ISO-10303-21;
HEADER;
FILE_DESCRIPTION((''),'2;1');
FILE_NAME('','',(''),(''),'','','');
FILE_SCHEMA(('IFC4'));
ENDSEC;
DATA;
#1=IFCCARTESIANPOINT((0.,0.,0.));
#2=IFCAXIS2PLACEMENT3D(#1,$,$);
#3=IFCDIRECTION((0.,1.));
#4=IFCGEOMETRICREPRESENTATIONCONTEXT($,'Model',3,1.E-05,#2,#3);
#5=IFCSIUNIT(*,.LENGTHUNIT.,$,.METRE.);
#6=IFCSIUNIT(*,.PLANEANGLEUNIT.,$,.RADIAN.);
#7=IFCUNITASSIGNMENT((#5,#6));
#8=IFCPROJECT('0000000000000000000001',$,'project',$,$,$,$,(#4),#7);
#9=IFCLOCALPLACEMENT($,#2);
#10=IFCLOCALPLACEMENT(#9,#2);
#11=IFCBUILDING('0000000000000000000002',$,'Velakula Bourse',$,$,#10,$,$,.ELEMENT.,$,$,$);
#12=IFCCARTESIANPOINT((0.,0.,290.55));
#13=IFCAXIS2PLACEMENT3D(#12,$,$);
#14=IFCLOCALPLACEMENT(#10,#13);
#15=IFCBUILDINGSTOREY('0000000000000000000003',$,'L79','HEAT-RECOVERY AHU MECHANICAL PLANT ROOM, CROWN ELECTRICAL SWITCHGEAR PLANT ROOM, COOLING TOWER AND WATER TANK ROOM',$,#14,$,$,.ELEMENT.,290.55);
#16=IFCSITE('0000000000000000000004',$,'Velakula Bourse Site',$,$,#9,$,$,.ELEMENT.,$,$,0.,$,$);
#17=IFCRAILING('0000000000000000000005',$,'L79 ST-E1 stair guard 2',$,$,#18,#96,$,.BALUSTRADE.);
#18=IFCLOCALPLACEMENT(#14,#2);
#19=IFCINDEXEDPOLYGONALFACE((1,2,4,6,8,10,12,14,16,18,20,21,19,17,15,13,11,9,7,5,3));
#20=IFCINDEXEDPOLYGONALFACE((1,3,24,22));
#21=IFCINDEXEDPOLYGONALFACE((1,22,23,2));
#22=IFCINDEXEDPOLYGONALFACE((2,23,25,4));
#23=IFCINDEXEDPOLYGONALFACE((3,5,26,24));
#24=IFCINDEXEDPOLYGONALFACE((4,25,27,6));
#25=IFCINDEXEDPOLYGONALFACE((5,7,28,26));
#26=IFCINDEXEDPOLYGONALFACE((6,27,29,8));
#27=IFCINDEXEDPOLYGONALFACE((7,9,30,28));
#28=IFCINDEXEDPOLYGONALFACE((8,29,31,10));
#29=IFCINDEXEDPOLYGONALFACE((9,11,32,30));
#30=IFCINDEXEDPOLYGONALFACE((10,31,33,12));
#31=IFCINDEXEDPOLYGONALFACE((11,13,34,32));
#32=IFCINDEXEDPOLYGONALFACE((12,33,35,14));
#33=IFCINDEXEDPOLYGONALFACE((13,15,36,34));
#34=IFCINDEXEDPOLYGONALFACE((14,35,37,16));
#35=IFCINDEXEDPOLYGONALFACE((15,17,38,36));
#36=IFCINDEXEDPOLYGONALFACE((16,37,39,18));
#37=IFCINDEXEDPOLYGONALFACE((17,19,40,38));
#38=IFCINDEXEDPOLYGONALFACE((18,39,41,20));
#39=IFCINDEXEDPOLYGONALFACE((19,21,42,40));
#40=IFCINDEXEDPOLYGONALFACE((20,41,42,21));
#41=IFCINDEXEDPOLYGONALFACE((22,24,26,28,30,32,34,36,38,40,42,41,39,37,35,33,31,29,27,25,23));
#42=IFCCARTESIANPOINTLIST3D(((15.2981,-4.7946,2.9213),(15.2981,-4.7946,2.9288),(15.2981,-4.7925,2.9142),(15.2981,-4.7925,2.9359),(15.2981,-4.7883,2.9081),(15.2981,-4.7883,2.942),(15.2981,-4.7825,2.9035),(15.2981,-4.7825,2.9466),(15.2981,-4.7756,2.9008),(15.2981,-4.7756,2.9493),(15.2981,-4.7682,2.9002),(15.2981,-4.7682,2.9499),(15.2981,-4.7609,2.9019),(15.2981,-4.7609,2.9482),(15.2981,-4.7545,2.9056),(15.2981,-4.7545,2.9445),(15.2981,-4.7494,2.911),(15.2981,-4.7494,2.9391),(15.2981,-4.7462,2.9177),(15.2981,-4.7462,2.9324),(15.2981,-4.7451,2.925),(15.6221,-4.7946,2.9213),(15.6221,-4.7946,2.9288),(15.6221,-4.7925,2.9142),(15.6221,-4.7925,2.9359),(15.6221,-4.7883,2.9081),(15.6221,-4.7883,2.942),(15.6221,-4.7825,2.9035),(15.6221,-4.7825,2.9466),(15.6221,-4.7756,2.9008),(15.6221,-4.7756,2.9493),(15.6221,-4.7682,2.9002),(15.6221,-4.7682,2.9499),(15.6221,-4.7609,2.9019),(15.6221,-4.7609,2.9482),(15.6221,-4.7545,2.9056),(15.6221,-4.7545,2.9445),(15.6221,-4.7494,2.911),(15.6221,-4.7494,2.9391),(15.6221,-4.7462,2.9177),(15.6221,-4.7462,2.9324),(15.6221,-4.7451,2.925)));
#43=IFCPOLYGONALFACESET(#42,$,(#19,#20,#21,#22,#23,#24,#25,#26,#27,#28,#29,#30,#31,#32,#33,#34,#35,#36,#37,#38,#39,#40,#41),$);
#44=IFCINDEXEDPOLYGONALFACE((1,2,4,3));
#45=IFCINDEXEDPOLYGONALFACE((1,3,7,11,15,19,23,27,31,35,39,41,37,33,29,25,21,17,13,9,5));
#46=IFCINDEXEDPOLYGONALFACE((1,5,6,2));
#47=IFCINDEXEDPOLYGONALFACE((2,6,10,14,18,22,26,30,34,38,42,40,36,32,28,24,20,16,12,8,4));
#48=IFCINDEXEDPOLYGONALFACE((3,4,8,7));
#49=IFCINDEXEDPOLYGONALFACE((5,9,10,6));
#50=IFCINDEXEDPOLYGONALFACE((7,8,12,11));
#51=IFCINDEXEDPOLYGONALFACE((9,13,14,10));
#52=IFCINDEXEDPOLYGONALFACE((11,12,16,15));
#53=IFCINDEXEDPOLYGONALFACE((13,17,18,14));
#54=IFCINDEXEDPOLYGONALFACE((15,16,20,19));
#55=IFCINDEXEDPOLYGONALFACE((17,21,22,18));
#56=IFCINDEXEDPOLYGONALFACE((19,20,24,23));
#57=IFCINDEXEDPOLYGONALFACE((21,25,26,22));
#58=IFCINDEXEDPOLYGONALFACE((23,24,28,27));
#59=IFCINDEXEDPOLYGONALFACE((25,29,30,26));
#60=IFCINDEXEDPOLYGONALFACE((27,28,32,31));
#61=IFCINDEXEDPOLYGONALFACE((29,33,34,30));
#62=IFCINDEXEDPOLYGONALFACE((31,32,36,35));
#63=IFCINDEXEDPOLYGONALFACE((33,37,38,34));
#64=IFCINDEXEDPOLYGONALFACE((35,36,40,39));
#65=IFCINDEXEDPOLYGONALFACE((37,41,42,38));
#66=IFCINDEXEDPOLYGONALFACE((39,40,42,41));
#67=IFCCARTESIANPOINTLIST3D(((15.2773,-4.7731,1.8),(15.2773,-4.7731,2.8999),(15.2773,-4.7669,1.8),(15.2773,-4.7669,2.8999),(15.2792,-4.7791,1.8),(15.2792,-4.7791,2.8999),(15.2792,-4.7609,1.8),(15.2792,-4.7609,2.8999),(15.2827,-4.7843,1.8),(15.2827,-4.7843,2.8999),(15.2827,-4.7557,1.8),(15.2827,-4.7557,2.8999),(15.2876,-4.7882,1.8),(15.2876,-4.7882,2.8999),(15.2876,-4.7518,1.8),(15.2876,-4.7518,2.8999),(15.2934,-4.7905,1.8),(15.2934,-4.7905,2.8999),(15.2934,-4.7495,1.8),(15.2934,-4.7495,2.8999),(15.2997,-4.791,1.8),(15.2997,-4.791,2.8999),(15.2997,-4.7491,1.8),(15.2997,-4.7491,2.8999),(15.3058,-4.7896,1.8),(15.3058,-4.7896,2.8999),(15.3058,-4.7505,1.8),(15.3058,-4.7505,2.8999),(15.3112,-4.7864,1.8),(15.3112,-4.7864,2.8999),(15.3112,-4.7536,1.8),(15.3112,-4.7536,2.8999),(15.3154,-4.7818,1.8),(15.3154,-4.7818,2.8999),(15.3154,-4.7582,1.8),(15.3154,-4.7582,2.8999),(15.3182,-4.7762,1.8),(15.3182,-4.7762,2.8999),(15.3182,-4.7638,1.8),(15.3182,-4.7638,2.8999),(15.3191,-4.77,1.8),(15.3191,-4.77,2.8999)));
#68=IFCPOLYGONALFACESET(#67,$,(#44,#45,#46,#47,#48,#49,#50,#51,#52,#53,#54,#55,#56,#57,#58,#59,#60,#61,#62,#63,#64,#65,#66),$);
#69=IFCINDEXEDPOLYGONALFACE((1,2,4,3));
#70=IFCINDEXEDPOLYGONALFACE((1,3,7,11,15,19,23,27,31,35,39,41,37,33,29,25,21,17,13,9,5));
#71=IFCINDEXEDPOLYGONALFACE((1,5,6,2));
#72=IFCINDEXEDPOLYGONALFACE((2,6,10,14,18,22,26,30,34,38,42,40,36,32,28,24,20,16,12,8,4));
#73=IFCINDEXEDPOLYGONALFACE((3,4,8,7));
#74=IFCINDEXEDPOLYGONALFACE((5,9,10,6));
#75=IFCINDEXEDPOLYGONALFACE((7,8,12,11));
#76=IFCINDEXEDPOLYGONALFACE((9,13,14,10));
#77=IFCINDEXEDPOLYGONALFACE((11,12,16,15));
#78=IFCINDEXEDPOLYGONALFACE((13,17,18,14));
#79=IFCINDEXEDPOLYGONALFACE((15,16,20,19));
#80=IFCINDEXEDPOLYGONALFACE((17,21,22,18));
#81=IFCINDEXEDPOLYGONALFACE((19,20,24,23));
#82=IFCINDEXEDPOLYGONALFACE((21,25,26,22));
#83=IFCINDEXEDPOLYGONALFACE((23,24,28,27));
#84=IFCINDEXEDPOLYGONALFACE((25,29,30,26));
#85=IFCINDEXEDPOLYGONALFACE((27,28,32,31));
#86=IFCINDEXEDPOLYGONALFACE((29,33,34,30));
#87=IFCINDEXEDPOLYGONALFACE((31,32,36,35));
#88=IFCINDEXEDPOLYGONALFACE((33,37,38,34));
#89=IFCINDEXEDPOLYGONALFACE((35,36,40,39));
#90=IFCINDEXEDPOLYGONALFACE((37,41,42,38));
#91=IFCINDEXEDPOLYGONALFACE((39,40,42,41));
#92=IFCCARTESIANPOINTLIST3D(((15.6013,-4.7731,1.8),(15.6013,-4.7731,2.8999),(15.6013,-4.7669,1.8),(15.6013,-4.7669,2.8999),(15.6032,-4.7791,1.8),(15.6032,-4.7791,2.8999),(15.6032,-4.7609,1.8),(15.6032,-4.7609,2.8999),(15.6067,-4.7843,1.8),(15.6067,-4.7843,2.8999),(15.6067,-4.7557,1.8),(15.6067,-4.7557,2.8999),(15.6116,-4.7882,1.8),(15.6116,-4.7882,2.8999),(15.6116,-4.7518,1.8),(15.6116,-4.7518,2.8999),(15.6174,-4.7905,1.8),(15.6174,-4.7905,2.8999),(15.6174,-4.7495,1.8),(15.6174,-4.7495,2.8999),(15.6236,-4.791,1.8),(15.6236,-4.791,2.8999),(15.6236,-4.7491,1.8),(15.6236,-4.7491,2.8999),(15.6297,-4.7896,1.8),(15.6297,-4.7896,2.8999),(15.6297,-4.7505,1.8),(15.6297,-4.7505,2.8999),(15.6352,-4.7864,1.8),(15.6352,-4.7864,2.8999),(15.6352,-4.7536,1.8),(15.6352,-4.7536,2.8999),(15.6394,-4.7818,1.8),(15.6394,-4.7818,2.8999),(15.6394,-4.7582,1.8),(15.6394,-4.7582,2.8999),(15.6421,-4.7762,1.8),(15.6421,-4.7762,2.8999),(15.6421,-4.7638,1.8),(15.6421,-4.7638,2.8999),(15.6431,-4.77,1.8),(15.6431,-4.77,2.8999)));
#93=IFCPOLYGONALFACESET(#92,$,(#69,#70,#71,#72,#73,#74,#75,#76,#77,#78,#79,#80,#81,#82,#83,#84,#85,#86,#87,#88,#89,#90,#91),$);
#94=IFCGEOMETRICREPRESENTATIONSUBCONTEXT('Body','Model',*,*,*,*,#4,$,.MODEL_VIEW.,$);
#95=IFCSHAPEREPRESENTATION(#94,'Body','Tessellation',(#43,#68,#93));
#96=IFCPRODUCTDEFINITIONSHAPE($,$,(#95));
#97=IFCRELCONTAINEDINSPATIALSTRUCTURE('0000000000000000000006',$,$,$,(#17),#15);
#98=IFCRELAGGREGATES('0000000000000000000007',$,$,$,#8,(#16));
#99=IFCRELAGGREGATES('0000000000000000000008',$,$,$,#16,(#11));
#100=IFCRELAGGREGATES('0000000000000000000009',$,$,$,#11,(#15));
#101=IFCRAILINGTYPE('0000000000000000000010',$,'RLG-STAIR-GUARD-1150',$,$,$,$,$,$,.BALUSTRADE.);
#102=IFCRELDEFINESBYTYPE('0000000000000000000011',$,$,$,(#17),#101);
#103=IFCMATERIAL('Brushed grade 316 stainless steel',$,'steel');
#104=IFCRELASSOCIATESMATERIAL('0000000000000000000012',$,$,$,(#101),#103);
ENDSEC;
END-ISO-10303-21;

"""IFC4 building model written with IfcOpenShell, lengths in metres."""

from ifc_helpers import new_model, si_unit, direction, frame, origin, origin_2d, place, context, subcontext, project, spatial, circle, extrude, material, type_object, element, save


model = new_model("IFC4")

# Units and contexts
model_context = context("Model", 3, precision=1e-05, world=origin(), true_north=direction((0.0, 1.0)))
body_context = subcontext(model_context, "Body", "Model", "MODEL_VIEW")
ifc_project = project(units=[si_unit("LENGTHUNIT", "METRE"), si_unit("PLANEANGLEUNIT", "RADIAN")], contexts=[model_context])

# Site, building, storey
site_placement = place(None, origin())
site = spatial("IfcSite", under=ifc_project, at=site_placement, Name="Velakula Bourse Site", CompositionType="ELEMENT", RefElevation=0.0)
building_placement = place(site_placement, origin())
building = spatial("IfcBuilding", under=site, at=building_placement, Name="Velakula Bourse", CompositionType="ELEMENT")
storey_placement = place(building_placement, frame((0.0, 0.0, 290.55)))
storey = spatial("IfcBuildingStorey", under=building, at=storey_placement, Name="L79", Description="HEAT-RECOVERY AHU MECHANICAL PLANT ROOM, CROWN ELECTRICAL SWITCHGEAR PLANT ROOM, COOLING TOWER AND WATER TANK ROOM", CompositionType="ELEMENT", Elevation=290.55)

# Shared definitions
ifc_material_1 = material(Name="Brushed grade 316 stainless steel", Category="steel")

# Railing
railing_type_1 = type_object("IfcRailingType", Name="RLG-STAIR-GUARD-1150", PredefinedType="BALUSTRADE", material=ifc_material_1)
railing_1_placement = place(storey_placement, frame((15.2981, -4.77, 1.8)))
element("IfcRailing", 1, at=railing_1_placement, inside=storey, type_object=railing_type_1, Name="L79 ST-E1 stair guard 2", PredefinedType="BALUSTRADE", context=body_context, shape_type="SweptSolid", body=[
    extrude(circle(Radius=0.0249, at=origin_2d()), frame((0.0, 0.0, 1.125), z_axis=(1.0, 0.0, 0.0), x_axis=(0.0, 1.0, 0.0)), (0.0, 0.0, 1.0), 0.324),
    extrude(circle(Radius=0.021, at=origin_2d()), origin(), (0.0, 0.0, 1.0), 1.0999),
    extrude(circle(Radius=0.021, at=origin_2d()), frame((0.324, 0.0, 0.0)), (0.0, 0.0, 1.0), 1.0999),
])

save(model, "model.ifc")
